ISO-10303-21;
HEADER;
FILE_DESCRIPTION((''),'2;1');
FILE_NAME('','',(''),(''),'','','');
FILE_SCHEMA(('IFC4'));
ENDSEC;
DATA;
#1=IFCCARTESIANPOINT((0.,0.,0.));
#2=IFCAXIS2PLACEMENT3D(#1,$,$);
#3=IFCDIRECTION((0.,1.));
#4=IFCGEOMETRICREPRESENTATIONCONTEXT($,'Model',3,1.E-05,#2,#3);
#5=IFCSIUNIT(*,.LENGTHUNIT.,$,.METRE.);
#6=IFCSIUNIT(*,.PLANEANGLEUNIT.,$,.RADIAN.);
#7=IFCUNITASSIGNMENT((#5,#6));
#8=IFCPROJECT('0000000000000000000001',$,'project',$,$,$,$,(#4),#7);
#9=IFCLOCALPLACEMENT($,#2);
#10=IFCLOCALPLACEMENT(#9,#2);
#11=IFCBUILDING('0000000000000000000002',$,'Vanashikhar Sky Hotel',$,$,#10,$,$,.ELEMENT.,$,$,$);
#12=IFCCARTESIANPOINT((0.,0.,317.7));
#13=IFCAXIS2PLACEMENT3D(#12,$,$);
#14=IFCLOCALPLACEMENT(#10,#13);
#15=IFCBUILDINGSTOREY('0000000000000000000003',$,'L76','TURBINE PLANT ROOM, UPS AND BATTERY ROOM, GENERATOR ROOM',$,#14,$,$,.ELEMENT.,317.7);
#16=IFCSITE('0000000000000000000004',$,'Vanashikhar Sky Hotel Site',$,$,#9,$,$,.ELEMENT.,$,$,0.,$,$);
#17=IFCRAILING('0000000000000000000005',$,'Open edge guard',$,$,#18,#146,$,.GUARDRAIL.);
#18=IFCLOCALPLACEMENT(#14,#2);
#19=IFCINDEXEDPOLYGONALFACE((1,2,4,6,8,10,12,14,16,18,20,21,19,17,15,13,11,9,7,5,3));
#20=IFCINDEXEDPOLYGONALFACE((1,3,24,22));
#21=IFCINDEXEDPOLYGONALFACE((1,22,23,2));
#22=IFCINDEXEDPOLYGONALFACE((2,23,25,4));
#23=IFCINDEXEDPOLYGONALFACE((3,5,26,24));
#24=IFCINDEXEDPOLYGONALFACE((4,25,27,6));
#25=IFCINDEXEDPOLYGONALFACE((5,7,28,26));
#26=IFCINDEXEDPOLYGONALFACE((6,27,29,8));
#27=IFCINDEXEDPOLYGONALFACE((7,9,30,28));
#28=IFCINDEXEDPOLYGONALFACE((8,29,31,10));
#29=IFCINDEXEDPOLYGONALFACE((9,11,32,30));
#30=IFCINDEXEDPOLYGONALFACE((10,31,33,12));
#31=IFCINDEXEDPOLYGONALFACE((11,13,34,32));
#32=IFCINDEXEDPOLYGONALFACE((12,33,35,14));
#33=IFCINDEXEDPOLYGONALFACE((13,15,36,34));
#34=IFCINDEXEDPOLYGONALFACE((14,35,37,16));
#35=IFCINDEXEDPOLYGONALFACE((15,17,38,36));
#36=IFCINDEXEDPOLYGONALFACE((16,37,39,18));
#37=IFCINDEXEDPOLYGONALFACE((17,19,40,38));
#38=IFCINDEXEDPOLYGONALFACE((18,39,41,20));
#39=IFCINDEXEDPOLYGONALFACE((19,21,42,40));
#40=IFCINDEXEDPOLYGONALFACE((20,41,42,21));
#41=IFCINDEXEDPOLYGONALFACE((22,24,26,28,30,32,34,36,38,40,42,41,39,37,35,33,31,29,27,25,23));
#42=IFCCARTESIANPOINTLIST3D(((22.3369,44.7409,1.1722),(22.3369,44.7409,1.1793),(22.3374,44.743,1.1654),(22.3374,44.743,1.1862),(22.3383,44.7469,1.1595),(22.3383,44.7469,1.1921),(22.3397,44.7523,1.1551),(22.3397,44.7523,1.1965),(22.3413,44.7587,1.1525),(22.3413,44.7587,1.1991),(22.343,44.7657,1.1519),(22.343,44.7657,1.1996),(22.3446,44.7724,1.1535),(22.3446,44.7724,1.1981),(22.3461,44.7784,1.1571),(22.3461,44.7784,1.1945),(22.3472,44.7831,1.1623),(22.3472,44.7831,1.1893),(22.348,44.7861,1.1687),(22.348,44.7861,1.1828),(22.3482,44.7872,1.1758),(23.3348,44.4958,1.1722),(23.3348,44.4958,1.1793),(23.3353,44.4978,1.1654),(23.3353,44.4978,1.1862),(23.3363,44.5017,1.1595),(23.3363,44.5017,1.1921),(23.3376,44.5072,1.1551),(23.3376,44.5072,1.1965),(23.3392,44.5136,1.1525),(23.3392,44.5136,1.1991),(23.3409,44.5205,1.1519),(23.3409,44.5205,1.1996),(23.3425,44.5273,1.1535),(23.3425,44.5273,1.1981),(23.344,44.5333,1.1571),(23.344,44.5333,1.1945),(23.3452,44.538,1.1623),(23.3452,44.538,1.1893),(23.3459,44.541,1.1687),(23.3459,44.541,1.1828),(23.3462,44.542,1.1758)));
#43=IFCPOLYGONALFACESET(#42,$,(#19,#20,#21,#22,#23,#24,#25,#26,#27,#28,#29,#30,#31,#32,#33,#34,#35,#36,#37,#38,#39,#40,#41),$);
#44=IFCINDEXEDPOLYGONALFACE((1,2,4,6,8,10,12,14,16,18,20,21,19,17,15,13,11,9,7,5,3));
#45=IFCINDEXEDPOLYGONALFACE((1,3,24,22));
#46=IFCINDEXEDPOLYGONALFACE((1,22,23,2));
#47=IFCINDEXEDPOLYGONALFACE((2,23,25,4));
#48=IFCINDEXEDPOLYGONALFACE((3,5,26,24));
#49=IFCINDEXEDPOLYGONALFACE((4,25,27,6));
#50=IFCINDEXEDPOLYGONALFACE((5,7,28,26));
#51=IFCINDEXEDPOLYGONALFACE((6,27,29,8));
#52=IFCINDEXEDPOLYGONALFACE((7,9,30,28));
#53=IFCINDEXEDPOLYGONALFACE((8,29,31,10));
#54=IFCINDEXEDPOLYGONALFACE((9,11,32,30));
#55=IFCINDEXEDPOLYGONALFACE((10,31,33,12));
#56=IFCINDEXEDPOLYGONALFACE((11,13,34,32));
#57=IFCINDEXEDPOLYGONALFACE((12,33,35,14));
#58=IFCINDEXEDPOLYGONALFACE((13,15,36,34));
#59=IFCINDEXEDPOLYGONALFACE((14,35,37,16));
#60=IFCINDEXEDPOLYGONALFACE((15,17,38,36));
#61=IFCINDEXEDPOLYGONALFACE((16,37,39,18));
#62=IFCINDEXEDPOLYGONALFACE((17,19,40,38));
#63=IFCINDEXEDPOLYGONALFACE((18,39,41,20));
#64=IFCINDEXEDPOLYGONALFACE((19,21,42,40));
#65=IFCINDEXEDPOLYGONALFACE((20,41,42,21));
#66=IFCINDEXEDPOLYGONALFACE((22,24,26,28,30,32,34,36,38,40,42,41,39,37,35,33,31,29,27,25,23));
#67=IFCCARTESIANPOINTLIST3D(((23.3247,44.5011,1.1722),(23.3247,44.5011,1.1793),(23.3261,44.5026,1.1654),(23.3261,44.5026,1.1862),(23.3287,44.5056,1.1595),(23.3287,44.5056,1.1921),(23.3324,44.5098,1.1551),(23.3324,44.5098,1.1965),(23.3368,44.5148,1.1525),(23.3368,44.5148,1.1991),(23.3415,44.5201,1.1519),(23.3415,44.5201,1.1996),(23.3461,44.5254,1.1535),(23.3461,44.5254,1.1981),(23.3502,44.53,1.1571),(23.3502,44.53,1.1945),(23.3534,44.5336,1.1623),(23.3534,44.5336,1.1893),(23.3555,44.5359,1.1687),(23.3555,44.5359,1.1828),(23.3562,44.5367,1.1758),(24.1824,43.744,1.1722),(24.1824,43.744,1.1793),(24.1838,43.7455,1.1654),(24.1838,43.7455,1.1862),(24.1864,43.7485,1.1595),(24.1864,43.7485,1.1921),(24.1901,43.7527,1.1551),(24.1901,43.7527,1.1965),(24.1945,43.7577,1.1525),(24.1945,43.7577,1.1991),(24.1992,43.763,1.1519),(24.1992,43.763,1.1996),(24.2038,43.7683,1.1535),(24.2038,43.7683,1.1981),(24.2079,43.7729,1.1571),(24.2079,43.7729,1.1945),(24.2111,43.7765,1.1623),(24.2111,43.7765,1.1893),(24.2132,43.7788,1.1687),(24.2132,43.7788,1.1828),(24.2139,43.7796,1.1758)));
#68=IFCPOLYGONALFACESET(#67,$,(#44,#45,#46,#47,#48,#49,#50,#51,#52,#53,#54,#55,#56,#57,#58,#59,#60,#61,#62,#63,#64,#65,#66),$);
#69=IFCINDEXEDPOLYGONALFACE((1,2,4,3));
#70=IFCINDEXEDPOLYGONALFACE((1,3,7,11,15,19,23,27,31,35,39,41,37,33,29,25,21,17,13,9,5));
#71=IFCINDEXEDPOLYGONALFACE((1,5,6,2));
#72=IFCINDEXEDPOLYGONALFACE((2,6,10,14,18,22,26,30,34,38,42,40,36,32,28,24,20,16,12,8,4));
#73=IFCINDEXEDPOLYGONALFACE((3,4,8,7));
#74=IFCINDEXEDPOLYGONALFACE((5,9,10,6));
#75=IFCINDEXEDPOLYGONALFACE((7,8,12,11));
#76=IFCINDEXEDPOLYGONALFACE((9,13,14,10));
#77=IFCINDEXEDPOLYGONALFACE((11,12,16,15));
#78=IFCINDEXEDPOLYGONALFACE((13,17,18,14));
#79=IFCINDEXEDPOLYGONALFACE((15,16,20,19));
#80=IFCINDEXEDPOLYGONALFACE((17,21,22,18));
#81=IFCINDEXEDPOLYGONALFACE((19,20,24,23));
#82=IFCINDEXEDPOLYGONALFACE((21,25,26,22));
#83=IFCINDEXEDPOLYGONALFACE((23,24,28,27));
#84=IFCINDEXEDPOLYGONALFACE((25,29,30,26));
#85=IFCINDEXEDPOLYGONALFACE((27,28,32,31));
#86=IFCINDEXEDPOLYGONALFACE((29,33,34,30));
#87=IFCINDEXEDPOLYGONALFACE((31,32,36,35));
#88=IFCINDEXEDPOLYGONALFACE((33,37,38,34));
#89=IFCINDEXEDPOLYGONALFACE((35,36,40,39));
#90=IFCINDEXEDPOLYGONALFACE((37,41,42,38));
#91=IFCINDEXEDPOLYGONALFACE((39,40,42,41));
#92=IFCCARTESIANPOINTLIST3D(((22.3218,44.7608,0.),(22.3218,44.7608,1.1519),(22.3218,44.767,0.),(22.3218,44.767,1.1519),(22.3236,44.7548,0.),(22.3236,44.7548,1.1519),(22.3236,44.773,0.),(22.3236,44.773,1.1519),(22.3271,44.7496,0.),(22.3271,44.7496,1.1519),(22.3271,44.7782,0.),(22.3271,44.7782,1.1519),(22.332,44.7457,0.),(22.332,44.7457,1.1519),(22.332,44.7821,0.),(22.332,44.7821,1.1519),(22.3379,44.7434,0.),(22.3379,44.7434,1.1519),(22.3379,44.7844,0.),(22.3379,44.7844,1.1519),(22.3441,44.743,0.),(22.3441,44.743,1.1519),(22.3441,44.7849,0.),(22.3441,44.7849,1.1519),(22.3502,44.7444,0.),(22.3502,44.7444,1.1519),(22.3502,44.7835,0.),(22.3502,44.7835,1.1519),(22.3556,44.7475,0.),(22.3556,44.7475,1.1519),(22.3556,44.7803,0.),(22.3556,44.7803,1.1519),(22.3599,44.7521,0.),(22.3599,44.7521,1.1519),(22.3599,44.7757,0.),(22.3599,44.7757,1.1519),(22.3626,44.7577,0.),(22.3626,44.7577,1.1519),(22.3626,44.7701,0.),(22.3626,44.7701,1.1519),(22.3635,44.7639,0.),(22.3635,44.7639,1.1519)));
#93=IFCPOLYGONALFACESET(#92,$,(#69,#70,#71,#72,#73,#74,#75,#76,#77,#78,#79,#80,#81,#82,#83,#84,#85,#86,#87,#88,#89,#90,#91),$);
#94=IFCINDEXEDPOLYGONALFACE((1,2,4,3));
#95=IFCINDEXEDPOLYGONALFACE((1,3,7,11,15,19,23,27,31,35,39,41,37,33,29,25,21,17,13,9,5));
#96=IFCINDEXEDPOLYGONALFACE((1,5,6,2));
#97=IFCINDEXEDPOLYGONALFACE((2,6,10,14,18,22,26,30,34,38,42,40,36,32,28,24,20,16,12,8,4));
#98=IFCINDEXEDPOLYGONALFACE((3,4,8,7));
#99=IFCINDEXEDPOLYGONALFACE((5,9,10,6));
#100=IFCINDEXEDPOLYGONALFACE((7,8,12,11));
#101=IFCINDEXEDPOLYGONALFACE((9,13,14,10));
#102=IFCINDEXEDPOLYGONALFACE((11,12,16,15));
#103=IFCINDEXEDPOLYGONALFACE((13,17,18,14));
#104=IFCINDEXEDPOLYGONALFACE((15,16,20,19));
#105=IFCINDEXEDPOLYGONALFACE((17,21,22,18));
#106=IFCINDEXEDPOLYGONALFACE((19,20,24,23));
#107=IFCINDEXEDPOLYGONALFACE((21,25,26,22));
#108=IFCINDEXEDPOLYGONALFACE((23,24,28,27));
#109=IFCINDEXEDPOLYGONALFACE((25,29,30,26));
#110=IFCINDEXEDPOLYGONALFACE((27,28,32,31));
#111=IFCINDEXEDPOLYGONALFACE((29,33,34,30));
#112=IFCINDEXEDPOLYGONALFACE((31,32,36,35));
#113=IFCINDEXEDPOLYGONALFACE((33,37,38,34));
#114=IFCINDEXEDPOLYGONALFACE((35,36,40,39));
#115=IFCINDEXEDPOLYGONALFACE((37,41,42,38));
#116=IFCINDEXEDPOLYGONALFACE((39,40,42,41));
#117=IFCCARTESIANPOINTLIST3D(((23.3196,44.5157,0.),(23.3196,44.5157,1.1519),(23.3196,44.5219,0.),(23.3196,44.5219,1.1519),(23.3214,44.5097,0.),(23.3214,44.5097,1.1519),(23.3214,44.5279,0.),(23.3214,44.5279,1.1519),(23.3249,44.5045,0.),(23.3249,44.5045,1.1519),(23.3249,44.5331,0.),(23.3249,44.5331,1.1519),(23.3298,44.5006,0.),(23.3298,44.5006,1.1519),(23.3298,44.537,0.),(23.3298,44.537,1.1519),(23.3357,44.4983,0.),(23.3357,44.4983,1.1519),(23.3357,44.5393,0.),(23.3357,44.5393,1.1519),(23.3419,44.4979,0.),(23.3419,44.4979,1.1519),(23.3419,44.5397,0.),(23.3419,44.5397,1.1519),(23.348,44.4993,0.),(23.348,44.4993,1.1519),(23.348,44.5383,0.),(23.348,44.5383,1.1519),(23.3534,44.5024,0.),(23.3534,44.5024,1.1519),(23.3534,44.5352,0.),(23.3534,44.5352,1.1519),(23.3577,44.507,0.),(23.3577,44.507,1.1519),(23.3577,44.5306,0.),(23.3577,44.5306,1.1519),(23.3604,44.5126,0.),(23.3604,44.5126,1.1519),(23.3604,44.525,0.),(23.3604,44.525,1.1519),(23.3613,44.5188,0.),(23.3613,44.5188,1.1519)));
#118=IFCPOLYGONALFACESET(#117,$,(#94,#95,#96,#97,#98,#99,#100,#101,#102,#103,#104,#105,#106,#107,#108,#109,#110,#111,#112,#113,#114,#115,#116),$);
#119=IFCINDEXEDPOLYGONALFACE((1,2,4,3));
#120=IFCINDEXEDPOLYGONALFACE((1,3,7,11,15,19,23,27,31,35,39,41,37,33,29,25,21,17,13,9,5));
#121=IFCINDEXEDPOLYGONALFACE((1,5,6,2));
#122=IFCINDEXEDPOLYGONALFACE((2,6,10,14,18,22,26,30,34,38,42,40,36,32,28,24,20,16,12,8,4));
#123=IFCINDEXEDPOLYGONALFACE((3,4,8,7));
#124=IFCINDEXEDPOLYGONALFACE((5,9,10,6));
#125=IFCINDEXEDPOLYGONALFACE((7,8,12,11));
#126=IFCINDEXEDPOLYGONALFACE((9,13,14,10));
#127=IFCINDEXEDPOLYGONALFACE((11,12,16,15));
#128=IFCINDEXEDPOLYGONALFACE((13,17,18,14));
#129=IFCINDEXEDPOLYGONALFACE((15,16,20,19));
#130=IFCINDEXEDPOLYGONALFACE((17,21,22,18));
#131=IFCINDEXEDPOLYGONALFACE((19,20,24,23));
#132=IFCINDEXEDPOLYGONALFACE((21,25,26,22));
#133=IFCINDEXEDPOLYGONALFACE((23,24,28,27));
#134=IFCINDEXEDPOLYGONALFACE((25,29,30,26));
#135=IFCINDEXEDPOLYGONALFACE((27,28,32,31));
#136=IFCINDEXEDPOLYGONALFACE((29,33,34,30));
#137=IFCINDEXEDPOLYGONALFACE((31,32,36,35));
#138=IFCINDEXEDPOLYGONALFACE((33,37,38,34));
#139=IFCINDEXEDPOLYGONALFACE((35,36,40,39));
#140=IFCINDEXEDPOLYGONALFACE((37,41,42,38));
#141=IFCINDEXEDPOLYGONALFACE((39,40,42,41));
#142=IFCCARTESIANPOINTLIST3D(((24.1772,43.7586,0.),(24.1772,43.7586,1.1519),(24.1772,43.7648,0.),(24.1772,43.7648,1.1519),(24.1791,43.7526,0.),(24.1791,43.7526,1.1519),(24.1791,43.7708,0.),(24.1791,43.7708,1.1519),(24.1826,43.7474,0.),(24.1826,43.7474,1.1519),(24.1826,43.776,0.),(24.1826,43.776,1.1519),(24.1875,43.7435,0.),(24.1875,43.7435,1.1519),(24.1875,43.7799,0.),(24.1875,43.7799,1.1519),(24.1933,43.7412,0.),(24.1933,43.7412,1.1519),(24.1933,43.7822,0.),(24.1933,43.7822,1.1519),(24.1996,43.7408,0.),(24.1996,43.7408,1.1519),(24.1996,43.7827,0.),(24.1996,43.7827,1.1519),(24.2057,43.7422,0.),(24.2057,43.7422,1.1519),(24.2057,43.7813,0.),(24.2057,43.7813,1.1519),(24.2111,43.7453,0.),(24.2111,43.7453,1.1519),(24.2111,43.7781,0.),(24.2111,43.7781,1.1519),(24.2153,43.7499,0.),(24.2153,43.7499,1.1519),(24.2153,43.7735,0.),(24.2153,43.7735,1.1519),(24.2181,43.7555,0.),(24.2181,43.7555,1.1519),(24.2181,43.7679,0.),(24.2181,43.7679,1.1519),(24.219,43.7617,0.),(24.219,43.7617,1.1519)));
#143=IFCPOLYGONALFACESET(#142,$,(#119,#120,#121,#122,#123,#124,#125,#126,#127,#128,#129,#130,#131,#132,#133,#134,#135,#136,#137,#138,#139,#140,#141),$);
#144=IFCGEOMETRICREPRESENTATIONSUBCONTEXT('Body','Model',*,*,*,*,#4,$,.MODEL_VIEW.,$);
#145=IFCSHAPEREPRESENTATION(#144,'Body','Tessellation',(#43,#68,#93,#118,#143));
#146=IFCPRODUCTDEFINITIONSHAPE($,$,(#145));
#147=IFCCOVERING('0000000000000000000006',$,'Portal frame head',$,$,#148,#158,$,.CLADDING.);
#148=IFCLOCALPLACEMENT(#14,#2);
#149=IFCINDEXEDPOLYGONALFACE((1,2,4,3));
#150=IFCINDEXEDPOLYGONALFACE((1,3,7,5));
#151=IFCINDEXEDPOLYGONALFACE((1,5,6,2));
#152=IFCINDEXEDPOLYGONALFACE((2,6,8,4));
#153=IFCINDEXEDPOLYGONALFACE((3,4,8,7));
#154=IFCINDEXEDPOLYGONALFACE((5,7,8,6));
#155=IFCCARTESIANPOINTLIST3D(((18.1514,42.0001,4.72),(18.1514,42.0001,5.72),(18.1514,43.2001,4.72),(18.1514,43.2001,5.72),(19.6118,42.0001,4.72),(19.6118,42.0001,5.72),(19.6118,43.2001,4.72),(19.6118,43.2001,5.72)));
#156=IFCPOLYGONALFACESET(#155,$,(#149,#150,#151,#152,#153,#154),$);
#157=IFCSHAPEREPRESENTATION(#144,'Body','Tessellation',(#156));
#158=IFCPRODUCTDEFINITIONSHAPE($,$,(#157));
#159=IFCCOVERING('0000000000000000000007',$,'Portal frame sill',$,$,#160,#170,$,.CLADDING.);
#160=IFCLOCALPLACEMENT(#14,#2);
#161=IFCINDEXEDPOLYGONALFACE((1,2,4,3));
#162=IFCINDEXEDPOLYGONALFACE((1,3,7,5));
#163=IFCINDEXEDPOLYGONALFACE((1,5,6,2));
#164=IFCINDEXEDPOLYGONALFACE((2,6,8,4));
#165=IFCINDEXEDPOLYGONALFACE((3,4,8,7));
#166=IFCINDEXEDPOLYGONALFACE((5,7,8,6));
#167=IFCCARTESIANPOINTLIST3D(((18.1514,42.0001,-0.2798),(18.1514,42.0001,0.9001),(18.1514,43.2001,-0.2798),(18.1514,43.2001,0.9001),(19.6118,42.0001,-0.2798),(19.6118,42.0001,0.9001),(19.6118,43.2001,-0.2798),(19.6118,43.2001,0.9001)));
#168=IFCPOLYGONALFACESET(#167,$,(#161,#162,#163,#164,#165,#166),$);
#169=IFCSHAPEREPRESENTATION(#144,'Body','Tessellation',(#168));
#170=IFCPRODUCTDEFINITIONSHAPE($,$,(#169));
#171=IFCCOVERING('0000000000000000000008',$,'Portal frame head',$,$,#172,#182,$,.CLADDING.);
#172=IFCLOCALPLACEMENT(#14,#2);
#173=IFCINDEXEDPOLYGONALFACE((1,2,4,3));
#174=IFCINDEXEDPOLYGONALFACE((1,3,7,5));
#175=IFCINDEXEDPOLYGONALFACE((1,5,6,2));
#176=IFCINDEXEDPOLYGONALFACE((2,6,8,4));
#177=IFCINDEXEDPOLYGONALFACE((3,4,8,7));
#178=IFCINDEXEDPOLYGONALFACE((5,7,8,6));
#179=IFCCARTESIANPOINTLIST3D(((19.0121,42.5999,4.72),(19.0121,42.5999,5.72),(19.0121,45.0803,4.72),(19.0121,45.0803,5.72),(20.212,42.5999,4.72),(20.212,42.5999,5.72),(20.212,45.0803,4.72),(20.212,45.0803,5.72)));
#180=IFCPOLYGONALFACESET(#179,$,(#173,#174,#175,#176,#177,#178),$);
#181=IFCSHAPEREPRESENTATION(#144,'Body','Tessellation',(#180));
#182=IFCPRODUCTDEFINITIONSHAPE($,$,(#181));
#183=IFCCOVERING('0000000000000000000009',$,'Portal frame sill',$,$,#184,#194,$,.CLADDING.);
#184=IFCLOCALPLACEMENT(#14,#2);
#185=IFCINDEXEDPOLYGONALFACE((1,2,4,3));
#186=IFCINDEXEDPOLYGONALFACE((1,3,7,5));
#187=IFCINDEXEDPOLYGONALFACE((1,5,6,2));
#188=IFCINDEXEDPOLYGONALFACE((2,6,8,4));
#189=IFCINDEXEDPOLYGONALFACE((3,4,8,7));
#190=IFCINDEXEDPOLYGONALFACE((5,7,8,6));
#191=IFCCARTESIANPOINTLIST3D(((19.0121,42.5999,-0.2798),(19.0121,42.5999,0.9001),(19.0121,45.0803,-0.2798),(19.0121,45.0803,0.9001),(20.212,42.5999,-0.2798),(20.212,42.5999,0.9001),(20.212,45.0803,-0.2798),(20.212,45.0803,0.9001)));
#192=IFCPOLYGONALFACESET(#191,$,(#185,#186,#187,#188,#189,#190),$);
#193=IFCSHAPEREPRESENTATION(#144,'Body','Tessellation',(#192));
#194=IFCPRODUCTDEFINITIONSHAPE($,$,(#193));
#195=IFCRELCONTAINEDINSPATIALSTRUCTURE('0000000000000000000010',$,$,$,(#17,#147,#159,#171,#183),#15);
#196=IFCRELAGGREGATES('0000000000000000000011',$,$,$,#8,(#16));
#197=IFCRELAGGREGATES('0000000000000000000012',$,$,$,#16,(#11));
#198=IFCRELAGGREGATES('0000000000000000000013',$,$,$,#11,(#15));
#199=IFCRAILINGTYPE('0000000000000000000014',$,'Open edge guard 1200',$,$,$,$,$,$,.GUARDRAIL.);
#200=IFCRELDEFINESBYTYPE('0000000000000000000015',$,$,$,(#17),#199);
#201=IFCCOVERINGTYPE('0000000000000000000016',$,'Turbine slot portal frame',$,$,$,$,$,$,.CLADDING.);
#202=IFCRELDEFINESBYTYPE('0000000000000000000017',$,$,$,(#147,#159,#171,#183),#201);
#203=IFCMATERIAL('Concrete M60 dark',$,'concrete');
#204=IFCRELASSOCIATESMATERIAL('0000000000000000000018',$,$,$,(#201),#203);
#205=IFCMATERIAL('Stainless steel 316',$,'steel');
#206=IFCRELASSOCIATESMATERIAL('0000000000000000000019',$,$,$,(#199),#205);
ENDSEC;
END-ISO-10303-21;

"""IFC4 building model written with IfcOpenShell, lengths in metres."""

from ifc_helpers import new_model, si_unit, direction, frame, origin, origin_2d, place, context, subcontext, project, spatial, rectangle, circle, extrude, source, transform, mapped, material, type_object, element, save


model = new_model("IFC4")

# Units and contexts
model_context = context("Model", 3, precision=1e-05, world=origin(), true_north=direction((0.0, 1.0)))
body_context = subcontext(model_context, "Body", "Model", "MODEL_VIEW")
ifc_project = project(units=[si_unit("LENGTHUNIT", "METRE"), si_unit("PLANEANGLEUNIT", "RADIAN")], contexts=[model_context])

# Site, building, storey
site_placement = place(None, origin())
site = spatial("IfcSite", under=ifc_project, at=site_placement, Name="Vanashikhar Sky Hotel Site", CompositionType="ELEMENT", RefElevation=0.0)
building_placement = place(site_placement, origin())
building = spatial("IfcBuilding", under=site, at=building_placement, Name="Vanashikhar Sky Hotel", CompositionType="ELEMENT")
storey_placement = place(building_placement, frame((0.0, 0.0, 317.7)))
storey = spatial("IfcBuildingStorey", under=building, at=storey_placement, Name="L76", Description="TURBINE PLANT ROOM, UPS AND BATTERY ROOM, GENERATOR ROOM", CompositionType="ELEMENT", Elevation=317.7)

# Shared definitions
ifc_material_1 = material(Name="Concrete M60 dark", Category="concrete")
covering_type = type_object("IfcCoveringType", Name="Turbine slot portal frame", PredefinedType="CLADDING", material=ifc_material_1)

# Shared definitions
ifc_material_2 = material(Name="Stainless steel 316", Category="steel")
railing_type = type_object("IfcRailingType", Name="Open edge guard 1200", PredefinedType="GUARDRAIL", material=ifc_material_2)

# Railing
shared_shape_1 = source(origin(), body_context, "Body", "SweptSolid", [
    extrude(circle(Radius=0.0239, at=origin_2d()), frame((0.0, 0.0, 1.1758), z_axis=(0.971127, -0.238564, 0.0), x_axis=(0.238564, 0.971127, 0.0)), (0.0, 0.0, 1.0), 1.0276),
    extrude(circle(Radius=0.0239, at=origin_2d()), frame((0.9978, -0.2451, 1.1758), z_axis=(0.749701, -0.661777, 0.0), x_axis=(0.661777, 0.749701, 0.0)), (0.0, 0.0, 1.0), 1.144),
    extrude(circle(Radius=0.021, at=origin_2d()), origin(), (0.0, 0.0, 1.0), 1.1519),
    extrude(circle(Radius=0.021, at=origin_2d()), frame((0.9978, -0.2451, 0.0)), (0.0, 0.0, 1.0), 1.1519),
    extrude(circle(Radius=0.021, at=origin_2d()), frame((1.8555, -1.0022, 0.0)), (0.0, 0.0, 1.0), 1.1519),
])
railing_1_placement = place(storey_placement, frame((22.3425, 44.7639, 0.0)))
element("IfcRailing", 1, at=railing_1_placement, inside=storey, type_object=railing_type, Name="Open edge guard", PredefinedType="GUARDRAIL", context=body_context, shape_type="MappedRepresentation", body=[
    mapped(shared_shape_1, transform((0.0, 0.0, 0.0), scale=1.0)),
])

# Coverings
shared_shape_2 = source(origin(), body_context, "Body", "SweptSolid", [
    extrude(rectangle(XDim=1.4604, YDim=1.2, at=origin_2d()), origin(), (0.0, 0.0, 1.0), 1.0),
])
covering_1_placement = place(storey_placement, frame((18.8816, 42.6001, 4.72), z_axis=(0.0, 0.0, 1.0), x_axis=(-1.0, 0.0, 0.0)))
element("IfcCovering", 2, at=covering_1_placement, inside=storey, type_object=covering_type, Name="Portal frame head", PredefinedType="CLADDING", context=body_context, shape_type="MappedRepresentation", body=[
    mapped(shared_shape_2, transform((0.0, 0.0, 0.0), scale=1.0)),
])
shared_shape_3 = source(origin(), body_context, "Body", "SweptSolid", [
    extrude(rectangle(XDim=1.4604, YDim=1.2, at=origin_2d()), origin(), (0.0, 0.0, 1.0), 1.1799),
])
covering_2_placement = place(storey_placement, frame((18.8816, 42.6001, -0.2798), z_axis=(0.0, 0.0, 1.0), x_axis=(-1.0, 0.0, 0.0)))
element("IfcCovering", 3, at=covering_2_placement, inside=storey, type_object=covering_type, Name="Portal frame sill", PredefinedType="CLADDING", context=body_context, shape_type="MappedRepresentation", body=[
    mapped(shared_shape_3, transform((0.0, 0.0, 0.0), scale=1.0)),
])
shared_shape_4 = source(origin(), body_context, "Body", "SweptSolid", [
    extrude(rectangle(XDim=2.4805, YDim=1.2, at=origin_2d()), origin(), (0.0, 0.0, 1.0), 1.0),
])
covering_3_placement = place(storey_placement, frame((19.6121, 43.8401, 4.72), z_axis=(0.0, 0.0, 1.0), x_axis=(0.0, -1.0, 0.0)))
element("IfcCovering", 4, at=covering_3_placement, inside=storey, type_object=covering_type, Name="Portal frame head", PredefinedType="CLADDING", context=body_context, shape_type="MappedRepresentation", body=[
    mapped(shared_shape_4, transform((0.0, 0.0, 0.0), scale=1.0)),
])
shared_shape_5 = source(origin(), body_context, "Body", "SweptSolid", [
    extrude(rectangle(XDim=2.4805, YDim=1.2, at=origin_2d()), origin(), (0.0, 0.0, 1.0), 1.1799),
])
covering_4_placement = place(storey_placement, frame((19.6121, 43.8401, -0.2798), z_axis=(0.0, 0.0, 1.0), x_axis=(0.0, -1.0, 0.0)))
element("IfcCovering", 5, at=covering_4_placement, inside=storey, type_object=covering_type, Name="Portal frame sill", PredefinedType="CLADDING", context=body_context, shape_type="MappedRepresentation", body=[
    mapped(shared_shape_5, transform((0.0, 0.0, 0.0), scale=1.0)),
])

save(model, "model.ifc")
